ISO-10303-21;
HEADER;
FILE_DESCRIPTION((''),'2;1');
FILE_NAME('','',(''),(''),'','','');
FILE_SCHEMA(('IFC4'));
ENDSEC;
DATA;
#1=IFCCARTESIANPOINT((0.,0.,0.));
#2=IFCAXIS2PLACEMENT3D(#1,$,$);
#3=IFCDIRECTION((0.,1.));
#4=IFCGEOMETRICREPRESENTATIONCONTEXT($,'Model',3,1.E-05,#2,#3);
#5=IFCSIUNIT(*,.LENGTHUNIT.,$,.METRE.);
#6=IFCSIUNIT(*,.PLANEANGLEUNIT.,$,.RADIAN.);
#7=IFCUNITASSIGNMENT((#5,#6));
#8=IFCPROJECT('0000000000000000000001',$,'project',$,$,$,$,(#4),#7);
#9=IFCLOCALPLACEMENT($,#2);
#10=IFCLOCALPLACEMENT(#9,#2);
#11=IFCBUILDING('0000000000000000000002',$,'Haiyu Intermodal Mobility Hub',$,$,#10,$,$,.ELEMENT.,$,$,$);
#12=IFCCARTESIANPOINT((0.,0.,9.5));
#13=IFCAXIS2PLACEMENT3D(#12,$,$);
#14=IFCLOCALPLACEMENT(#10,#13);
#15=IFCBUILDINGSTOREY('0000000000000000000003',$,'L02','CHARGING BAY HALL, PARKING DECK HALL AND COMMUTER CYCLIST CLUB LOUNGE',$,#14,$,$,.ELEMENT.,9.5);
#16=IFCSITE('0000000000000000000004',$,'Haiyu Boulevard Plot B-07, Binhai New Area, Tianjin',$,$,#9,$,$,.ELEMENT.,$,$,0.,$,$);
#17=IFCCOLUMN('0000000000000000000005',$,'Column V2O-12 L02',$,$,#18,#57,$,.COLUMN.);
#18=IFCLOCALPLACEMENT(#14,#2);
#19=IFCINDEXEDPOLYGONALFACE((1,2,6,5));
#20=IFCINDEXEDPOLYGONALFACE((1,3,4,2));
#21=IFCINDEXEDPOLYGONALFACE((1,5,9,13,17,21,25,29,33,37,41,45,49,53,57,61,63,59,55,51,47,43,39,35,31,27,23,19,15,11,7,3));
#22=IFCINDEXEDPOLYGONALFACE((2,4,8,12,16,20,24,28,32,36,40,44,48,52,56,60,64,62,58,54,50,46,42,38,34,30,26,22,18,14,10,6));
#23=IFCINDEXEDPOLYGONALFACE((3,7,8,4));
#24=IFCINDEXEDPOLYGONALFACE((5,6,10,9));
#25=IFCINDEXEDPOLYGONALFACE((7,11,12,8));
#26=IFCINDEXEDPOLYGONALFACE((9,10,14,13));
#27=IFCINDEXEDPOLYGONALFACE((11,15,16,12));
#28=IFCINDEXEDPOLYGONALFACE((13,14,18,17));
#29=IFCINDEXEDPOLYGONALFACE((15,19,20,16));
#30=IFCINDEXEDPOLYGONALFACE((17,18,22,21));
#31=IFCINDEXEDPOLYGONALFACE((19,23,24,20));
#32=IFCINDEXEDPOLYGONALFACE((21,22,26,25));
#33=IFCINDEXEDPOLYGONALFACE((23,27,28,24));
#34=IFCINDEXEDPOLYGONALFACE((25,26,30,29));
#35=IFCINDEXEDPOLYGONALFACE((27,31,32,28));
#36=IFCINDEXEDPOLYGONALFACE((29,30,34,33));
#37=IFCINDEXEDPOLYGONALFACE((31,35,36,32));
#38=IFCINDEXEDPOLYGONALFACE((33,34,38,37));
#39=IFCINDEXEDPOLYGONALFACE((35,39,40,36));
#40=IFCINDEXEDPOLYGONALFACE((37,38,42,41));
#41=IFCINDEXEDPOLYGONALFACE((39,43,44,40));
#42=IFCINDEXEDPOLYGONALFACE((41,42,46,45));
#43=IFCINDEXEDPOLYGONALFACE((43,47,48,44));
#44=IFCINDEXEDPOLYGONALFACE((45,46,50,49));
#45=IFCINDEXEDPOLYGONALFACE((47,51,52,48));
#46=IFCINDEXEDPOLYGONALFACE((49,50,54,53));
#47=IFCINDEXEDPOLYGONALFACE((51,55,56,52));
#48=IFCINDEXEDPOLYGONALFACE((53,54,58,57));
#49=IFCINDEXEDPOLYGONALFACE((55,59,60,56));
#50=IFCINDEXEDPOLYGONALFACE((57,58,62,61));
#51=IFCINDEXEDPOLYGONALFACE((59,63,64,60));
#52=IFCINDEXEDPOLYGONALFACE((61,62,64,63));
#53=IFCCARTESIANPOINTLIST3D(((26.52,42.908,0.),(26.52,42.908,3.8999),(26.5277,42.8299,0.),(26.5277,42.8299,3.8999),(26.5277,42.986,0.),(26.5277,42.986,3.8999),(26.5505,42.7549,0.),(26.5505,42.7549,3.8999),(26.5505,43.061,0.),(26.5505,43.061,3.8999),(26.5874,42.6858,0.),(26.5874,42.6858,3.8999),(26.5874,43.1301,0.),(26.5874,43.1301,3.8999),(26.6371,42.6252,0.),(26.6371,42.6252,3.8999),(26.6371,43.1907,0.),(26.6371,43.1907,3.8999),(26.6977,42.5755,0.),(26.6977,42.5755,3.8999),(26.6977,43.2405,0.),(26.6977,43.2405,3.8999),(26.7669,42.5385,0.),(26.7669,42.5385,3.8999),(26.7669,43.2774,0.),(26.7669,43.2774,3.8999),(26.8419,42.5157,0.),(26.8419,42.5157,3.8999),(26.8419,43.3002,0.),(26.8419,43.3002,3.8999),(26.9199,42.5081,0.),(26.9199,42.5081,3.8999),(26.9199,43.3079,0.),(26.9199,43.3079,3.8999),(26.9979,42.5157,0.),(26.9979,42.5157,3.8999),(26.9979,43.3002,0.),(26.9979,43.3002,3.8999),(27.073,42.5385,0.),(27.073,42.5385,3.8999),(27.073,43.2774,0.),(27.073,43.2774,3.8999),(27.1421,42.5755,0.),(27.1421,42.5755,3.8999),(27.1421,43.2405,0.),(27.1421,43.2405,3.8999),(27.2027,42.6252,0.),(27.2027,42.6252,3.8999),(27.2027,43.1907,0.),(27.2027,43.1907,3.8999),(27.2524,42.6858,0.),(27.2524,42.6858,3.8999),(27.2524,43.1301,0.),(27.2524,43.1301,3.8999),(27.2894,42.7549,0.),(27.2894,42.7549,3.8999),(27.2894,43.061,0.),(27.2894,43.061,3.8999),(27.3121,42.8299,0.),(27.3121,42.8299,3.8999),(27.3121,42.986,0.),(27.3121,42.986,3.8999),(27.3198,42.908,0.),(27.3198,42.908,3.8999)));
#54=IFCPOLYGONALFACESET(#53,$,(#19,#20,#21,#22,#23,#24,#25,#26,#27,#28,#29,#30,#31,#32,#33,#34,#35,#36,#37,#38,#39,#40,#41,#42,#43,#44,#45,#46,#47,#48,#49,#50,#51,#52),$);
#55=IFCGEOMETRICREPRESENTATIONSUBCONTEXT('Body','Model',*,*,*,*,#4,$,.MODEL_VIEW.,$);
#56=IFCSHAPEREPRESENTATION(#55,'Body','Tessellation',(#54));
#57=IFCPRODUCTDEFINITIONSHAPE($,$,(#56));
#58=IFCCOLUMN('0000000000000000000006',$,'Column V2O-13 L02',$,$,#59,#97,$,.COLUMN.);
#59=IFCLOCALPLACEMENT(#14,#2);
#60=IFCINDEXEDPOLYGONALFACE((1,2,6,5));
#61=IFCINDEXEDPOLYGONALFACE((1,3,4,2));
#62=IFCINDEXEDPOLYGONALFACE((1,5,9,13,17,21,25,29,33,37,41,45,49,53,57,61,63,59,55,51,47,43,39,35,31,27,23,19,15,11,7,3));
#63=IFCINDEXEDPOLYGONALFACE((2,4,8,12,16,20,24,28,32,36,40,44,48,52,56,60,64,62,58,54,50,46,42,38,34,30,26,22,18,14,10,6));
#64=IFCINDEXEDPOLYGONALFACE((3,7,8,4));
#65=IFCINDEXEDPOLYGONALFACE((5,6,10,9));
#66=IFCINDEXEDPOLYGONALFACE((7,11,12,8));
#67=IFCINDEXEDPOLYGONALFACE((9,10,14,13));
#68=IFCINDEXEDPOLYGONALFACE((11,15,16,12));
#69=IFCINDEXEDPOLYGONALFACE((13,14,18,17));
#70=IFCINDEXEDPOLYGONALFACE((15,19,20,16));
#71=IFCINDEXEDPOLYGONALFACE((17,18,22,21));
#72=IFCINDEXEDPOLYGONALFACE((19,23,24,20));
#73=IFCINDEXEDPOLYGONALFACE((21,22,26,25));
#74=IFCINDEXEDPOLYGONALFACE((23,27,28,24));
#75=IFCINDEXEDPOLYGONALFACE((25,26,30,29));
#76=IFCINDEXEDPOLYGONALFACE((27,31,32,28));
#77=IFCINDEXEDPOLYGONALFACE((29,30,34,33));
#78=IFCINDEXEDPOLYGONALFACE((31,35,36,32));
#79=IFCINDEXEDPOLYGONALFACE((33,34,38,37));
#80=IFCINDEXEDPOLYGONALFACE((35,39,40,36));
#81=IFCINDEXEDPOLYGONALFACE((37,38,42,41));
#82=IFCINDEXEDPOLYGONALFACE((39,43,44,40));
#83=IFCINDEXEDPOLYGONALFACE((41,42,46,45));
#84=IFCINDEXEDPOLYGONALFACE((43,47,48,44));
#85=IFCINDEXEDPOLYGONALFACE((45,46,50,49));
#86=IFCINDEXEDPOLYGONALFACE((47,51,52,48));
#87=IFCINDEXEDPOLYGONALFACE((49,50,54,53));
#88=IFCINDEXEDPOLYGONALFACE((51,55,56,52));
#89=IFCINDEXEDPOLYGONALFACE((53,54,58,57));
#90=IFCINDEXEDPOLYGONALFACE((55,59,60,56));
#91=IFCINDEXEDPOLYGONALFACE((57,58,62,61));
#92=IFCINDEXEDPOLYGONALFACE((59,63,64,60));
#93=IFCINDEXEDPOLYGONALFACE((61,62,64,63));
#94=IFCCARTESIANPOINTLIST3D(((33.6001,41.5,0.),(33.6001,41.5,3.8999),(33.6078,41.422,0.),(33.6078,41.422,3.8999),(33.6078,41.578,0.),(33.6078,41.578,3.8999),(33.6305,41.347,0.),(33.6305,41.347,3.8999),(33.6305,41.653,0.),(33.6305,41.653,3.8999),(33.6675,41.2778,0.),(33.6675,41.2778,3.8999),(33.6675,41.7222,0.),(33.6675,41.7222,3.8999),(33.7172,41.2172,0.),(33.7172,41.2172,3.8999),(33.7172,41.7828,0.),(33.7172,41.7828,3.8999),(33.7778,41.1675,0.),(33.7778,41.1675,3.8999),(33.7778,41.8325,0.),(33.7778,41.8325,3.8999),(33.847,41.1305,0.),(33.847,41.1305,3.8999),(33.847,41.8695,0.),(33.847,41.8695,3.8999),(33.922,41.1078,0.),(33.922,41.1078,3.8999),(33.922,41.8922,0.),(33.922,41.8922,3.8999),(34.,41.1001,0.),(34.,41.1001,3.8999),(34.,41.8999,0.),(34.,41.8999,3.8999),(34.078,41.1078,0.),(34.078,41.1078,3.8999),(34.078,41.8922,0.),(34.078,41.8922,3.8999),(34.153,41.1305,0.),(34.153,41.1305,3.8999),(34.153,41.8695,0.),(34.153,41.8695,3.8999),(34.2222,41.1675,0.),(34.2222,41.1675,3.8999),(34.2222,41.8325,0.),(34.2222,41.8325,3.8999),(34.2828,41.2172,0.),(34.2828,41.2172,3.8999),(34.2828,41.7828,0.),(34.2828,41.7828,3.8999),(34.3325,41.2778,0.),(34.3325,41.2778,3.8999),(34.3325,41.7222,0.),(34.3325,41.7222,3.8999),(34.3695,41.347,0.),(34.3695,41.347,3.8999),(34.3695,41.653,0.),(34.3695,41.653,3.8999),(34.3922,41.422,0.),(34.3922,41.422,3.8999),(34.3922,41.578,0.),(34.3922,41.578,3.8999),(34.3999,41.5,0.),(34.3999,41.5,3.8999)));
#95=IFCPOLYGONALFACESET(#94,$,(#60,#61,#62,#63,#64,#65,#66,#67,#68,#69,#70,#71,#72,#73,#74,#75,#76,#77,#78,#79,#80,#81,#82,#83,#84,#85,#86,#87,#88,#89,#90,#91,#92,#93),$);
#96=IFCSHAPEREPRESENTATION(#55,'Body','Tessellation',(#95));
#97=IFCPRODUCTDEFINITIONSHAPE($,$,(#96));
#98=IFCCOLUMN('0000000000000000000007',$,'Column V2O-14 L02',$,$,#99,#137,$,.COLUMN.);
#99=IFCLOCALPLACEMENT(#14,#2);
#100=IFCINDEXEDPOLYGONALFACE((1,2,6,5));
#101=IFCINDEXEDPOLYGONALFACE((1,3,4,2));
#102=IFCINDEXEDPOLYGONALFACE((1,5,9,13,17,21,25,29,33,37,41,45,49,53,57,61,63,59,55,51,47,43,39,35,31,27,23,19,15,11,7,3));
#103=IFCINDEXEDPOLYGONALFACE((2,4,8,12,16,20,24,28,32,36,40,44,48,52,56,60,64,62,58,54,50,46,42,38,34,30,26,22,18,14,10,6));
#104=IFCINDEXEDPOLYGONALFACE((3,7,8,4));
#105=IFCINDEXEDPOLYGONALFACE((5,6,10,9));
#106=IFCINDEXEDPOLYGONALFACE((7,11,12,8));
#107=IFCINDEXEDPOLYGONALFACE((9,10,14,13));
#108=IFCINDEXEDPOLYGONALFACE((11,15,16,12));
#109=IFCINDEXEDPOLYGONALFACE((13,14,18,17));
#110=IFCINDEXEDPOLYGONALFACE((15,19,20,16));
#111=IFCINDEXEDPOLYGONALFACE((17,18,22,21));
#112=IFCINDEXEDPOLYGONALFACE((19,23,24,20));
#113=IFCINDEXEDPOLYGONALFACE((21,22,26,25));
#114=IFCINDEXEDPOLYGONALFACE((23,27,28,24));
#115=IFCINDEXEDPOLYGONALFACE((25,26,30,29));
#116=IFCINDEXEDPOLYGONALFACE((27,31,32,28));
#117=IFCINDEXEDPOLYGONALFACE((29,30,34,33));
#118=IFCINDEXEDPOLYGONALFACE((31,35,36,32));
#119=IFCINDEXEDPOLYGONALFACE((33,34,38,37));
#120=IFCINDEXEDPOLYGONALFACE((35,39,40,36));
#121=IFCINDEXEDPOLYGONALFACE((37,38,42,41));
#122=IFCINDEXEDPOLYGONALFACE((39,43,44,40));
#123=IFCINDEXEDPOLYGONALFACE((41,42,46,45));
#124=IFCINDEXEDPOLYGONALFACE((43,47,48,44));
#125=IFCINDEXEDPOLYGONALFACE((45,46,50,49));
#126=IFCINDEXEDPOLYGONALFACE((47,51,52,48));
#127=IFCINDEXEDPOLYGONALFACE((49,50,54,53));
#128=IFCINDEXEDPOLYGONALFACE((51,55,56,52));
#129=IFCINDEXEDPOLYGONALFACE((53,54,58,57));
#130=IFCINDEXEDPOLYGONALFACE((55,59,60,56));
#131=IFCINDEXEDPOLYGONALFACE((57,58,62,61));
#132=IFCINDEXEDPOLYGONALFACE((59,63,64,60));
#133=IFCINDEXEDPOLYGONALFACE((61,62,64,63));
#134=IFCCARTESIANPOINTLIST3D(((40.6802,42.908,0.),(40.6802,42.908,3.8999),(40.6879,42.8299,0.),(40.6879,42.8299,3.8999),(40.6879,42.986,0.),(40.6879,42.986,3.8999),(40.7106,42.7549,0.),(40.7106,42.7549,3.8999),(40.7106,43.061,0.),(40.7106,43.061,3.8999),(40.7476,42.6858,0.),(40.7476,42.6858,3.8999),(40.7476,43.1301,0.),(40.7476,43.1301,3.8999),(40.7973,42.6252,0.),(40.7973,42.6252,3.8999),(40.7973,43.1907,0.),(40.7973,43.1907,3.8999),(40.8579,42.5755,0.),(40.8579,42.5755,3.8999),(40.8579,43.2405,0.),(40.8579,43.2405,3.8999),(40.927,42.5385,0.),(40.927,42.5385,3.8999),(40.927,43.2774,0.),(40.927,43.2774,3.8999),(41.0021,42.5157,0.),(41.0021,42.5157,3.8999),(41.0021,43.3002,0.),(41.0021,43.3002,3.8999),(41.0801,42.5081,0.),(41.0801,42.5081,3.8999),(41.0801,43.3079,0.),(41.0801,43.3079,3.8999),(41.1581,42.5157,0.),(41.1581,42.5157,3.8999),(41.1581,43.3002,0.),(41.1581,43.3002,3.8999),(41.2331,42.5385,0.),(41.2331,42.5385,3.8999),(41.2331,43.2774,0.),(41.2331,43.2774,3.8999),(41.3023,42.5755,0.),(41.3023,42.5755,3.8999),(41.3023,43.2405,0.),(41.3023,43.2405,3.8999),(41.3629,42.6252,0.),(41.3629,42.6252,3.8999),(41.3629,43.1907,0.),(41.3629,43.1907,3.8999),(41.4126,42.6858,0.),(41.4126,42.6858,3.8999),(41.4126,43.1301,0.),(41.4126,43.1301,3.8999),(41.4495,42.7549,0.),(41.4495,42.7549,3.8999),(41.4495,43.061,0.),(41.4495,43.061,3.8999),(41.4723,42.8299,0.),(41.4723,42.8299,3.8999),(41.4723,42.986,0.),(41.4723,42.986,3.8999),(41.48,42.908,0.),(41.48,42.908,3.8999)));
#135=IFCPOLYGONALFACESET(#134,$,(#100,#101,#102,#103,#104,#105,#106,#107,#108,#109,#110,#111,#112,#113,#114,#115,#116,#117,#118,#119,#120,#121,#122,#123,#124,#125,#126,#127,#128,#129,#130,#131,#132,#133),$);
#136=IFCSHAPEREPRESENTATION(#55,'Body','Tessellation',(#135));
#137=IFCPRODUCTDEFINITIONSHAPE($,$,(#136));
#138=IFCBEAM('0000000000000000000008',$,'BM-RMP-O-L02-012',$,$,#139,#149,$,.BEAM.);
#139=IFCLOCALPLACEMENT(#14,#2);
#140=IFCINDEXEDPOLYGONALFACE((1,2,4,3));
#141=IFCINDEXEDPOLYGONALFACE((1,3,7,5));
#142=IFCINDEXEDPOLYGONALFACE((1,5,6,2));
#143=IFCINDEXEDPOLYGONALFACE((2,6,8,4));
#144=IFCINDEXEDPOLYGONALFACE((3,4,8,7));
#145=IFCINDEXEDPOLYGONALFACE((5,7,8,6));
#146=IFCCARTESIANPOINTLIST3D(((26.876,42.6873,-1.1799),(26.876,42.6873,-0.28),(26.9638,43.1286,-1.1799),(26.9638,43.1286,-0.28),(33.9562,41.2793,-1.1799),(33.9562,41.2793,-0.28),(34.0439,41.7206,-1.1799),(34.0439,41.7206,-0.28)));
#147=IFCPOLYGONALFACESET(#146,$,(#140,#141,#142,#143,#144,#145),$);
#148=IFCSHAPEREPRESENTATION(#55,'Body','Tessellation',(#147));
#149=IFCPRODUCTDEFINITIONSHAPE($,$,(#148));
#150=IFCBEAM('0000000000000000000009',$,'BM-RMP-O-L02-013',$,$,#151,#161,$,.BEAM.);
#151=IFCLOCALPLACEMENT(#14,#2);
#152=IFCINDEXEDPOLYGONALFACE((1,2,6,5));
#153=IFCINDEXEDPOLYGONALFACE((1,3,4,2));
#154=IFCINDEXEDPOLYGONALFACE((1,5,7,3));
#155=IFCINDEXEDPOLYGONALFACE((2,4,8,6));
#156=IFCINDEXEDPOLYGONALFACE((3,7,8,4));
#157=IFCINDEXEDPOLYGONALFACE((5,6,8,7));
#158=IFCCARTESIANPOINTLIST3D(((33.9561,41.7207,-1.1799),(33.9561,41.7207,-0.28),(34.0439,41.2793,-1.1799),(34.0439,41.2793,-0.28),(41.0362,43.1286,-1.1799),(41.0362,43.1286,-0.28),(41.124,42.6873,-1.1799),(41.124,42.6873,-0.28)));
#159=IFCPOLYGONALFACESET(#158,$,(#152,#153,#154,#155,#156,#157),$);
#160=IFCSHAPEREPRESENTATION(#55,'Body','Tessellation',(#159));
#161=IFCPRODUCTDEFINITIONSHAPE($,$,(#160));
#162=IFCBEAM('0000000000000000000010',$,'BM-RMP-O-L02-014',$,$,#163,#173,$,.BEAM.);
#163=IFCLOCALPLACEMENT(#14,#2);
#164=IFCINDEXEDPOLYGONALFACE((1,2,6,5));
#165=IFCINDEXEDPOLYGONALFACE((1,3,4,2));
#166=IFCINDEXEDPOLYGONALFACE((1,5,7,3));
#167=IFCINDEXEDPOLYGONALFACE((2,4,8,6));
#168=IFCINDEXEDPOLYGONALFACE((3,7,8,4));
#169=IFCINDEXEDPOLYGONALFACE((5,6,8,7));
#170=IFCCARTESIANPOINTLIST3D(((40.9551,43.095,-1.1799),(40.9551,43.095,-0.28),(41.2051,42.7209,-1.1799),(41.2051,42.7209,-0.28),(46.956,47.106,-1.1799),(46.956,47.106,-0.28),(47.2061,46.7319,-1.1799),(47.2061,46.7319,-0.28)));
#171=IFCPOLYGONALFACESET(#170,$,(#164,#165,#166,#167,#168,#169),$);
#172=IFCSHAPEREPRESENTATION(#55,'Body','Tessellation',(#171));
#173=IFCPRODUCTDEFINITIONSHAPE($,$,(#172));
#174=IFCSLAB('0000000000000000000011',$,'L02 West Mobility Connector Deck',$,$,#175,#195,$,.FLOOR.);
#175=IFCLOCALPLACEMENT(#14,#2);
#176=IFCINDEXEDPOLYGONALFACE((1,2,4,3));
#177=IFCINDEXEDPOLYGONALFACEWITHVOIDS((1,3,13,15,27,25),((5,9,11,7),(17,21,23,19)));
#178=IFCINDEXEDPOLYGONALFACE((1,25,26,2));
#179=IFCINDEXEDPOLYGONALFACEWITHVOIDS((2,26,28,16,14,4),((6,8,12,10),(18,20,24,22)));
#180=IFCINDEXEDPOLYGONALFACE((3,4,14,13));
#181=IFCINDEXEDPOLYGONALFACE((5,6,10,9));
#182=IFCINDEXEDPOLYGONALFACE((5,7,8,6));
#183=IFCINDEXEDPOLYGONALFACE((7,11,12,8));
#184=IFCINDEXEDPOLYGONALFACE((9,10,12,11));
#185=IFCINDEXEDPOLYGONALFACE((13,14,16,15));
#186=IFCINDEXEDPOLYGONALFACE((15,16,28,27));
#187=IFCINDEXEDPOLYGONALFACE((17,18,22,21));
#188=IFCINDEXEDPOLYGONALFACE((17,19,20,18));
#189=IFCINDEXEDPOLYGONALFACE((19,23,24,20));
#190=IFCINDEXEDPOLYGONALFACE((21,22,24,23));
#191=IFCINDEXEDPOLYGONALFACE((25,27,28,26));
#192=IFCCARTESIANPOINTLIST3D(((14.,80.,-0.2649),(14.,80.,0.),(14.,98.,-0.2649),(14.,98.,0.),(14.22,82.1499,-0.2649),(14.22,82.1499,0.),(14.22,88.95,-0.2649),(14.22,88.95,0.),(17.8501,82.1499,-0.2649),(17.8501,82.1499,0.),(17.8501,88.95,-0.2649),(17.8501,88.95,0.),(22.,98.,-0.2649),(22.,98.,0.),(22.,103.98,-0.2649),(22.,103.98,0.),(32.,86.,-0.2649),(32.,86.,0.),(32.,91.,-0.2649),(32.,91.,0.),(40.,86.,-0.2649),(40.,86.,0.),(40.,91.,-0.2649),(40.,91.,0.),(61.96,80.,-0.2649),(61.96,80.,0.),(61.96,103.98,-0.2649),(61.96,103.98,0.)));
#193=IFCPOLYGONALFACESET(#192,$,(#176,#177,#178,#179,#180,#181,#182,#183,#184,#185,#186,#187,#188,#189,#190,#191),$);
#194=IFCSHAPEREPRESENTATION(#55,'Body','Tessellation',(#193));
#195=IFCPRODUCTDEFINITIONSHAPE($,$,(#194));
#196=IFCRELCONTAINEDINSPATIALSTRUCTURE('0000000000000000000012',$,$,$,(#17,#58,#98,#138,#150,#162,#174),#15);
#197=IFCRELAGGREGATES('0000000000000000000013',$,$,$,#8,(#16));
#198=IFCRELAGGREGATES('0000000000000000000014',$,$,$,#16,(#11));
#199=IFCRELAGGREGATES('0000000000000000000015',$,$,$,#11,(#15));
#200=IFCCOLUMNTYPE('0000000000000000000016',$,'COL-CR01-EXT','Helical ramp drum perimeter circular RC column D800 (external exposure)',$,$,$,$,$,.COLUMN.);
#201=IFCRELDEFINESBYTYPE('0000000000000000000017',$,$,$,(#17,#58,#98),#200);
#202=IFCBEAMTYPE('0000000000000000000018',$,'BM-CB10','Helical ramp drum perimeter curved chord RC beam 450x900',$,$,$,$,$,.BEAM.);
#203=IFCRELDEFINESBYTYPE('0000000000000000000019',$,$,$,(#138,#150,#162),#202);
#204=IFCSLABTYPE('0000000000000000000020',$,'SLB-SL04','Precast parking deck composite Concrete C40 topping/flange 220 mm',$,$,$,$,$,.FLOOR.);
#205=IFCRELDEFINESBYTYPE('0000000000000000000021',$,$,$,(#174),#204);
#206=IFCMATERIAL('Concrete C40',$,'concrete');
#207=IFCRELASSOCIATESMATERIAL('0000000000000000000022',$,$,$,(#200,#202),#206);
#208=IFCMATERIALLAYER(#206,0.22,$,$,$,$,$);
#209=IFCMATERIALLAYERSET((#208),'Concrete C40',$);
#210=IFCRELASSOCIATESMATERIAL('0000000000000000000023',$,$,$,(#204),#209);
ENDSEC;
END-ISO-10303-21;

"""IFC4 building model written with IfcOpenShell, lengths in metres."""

from ifc_helpers import new_model, si_unit, direction, frame, origin, origin_2d, place, context, subcontext, project, spatial, polyline, rectangle, circle, outline, extrude, material, layer, layer_set, material_profile, profile_set, type_object, element, save


model = new_model("IFC4")

# Units and contexts
model_context = context("Model", 3, precision=1e-05, world=origin(), true_north=direction((0.0, 1.0)))
body_context = subcontext(model_context, "Body", "Model", "MODEL_VIEW")
ifc_project = project(units=[si_unit("LENGTHUNIT", "METRE"), si_unit("PLANEANGLEUNIT", "RADIAN")], contexts=[model_context])

# Site, building, storey
site_placement = place(None, origin())
site = spatial("IfcSite", under=ifc_project, at=site_placement, Name="Haiyu Boulevard Plot B-07, Binhai New Area, Tianjin", CompositionType="ELEMENT", RefElevation=0.0)
building_placement = place(site_placement, origin())
building = spatial("IfcBuilding", under=site, at=building_placement, Name="Haiyu Intermodal Mobility Hub", CompositionType="ELEMENT")
storey_placement = place(building_placement, frame((0.0, 0.0, 9.5)))
storey = spatial("IfcBuildingStorey", under=building, at=storey_placement, Name="L02", Description="CHARGING BAY HALL, PARKING DECK HALL AND COMMUTER CYCLIST CLUB LOUNGE", CompositionType="ELEMENT", Elevation=9.5)

# Columns
ifc_material_1 = material(Name="Concrete C40", Category="concrete")
ifc_material_profile_1 = material_profile(ifc_material_1, circle(Radius=0.3999, at=origin_2d()), Name="RCCOL-D800")
ifc_profile_set_1 = profile_set([ifc_material_profile_1], Name="Concrete C40")
column_type = type_object("IfcColumnType", Name="COL-CR01-EXT", Description="Helical ramp drum perimeter circular RC column D800 (external exposure)", PredefinedType="COLUMN", material=ifc_profile_set_1)
for number, where, z_axis, x_axis, name in (
    (1, (26.9199, 42.908, 0.0), (0.0, 0.0, 1.0), (1.0, 0.0, 0.0), "Column V2O-12 L02"),
    (2, (34.0, 41.5, 0.0), (0.0, 0.0, 1.0), (1.0, 0.0, 0.0), "Column V2O-13 L02"),
    (3, (41.0801, 42.908, 0.0), (0.0, 0.0, 1.0), (1.0, 0.0, 0.0), "Column V2O-14 L02"),
):
    element("IfcColumn", number, at=place(storey_placement, frame(where, z_axis=z_axis, x_axis=x_axis)), inside=storey, type_object=column_type, Name=name, PredefinedType="COLUMN", context=body_context, shape_type="SweptSolid", body=[
        extrude(circle(Radius=0.3999, at=origin_2d()), origin(), (0.0, 0.0, 1.0), 3.8999),
    ])

# Beams
ifc_material_profile_2 = material_profile(ifc_material_1, rectangle(XDim=0.45, YDim=0.8999, at=origin_2d()), Name="RCB450x900")
ifc_profile_set_2 = profile_set([ifc_material_profile_2], Name="Concrete C40")
beam_type = type_object("IfcBeamType", Name="BM-CB10", Description="Helical ramp drum perimeter curved chord RC beam 450x900", PredefinedType="BEAM", material=ifc_profile_set_2)
for number, where, z_axis, x_axis, name in (
    (4, (26.9199, 42.908, -0.73), (0.980795, -0.195043, 0.0), (0.195043, 0.980795, 0.0), "BM-RMP-O-L02-012"),
    (5, (34.0, 41.5, -0.73), (0.980795, 0.195043, 0.0), (-0.195043, 0.980795, 0.0), "BM-RMP-O-L02-013"),
):
    element("IfcBeam", number, at=place(storey_placement, frame(where, z_axis=z_axis, x_axis=x_axis)), inside=storey, type_object=beam_type, Name=name, PredefinedType="BEAM", context=body_context, shape_type="SweptSolid", body=[
        extrude(rectangle(XDim=0.45, YDim=0.8999, at=origin_2d()), origin(), (0.0, 0.0, 1.0), 7.2188),
    ])
beam_placement = place(storey_placement, frame((41.0801, 42.908, -0.73), z_axis=(0.831389, 0.555691, 0.0), x_axis=(-0.555691, 0.831389, 0.0)))
element("IfcBeam", 6, at=beam_placement, inside=storey, type_object=beam_type, Name="BM-RMP-O-L02-014", PredefinedType="BEAM", context=body_context, shape_type="SweptSolid", body=[
    extrude(rectangle(XDim=0.45, YDim=0.8999, at=origin_2d()), origin(), (0.0, 0.0, 1.0), 7.218),
])

# Slab
ifc_layer_1 = layer(ifc_material_1, 0.22)
ifc_layer_set_1 = layer_set([ifc_layer_1], Name="Concrete C40")
slab_type_1 = type_object("IfcSlabType", Name="SLB-SL04", Description="Precast parking deck composite Concrete C40 topping/flange 220 mm", PredefinedType="FLOOR", material=ifc_layer_set_1)
slab_1_placement = place(storey_placement, frame((0.0, 0.0, -0.2649)))
element("IfcSlab", 7, at=slab_1_placement, inside=storey, type_object=slab_type_1, Name="L02 West Mobility Connector Deck", PredefinedType="FLOOR", context=body_context, shape_type="SweptSolid", body=[
    extrude(outline(polyline([(14.0, 80.0), (61.96, 80.0), (61.96, 103.98), (22.0, 103.98), (22.0, 98.0), (14.0, 98.0), (14.0, 80.0)]), holes=[polyline([(14.22, 82.1499), (17.8501, 82.1499), (17.8501, 88.95), (14.22, 88.95), (14.22, 82.1499)]), polyline([(32.0, 86.0), (40.0, 86.0), (40.0, 91.0), (32.0, 91.0), (32.0, 86.0)])]), origin(), (0.0, 0.0, 1.0), 0.2649),
])

save(model, "model.ifc")
